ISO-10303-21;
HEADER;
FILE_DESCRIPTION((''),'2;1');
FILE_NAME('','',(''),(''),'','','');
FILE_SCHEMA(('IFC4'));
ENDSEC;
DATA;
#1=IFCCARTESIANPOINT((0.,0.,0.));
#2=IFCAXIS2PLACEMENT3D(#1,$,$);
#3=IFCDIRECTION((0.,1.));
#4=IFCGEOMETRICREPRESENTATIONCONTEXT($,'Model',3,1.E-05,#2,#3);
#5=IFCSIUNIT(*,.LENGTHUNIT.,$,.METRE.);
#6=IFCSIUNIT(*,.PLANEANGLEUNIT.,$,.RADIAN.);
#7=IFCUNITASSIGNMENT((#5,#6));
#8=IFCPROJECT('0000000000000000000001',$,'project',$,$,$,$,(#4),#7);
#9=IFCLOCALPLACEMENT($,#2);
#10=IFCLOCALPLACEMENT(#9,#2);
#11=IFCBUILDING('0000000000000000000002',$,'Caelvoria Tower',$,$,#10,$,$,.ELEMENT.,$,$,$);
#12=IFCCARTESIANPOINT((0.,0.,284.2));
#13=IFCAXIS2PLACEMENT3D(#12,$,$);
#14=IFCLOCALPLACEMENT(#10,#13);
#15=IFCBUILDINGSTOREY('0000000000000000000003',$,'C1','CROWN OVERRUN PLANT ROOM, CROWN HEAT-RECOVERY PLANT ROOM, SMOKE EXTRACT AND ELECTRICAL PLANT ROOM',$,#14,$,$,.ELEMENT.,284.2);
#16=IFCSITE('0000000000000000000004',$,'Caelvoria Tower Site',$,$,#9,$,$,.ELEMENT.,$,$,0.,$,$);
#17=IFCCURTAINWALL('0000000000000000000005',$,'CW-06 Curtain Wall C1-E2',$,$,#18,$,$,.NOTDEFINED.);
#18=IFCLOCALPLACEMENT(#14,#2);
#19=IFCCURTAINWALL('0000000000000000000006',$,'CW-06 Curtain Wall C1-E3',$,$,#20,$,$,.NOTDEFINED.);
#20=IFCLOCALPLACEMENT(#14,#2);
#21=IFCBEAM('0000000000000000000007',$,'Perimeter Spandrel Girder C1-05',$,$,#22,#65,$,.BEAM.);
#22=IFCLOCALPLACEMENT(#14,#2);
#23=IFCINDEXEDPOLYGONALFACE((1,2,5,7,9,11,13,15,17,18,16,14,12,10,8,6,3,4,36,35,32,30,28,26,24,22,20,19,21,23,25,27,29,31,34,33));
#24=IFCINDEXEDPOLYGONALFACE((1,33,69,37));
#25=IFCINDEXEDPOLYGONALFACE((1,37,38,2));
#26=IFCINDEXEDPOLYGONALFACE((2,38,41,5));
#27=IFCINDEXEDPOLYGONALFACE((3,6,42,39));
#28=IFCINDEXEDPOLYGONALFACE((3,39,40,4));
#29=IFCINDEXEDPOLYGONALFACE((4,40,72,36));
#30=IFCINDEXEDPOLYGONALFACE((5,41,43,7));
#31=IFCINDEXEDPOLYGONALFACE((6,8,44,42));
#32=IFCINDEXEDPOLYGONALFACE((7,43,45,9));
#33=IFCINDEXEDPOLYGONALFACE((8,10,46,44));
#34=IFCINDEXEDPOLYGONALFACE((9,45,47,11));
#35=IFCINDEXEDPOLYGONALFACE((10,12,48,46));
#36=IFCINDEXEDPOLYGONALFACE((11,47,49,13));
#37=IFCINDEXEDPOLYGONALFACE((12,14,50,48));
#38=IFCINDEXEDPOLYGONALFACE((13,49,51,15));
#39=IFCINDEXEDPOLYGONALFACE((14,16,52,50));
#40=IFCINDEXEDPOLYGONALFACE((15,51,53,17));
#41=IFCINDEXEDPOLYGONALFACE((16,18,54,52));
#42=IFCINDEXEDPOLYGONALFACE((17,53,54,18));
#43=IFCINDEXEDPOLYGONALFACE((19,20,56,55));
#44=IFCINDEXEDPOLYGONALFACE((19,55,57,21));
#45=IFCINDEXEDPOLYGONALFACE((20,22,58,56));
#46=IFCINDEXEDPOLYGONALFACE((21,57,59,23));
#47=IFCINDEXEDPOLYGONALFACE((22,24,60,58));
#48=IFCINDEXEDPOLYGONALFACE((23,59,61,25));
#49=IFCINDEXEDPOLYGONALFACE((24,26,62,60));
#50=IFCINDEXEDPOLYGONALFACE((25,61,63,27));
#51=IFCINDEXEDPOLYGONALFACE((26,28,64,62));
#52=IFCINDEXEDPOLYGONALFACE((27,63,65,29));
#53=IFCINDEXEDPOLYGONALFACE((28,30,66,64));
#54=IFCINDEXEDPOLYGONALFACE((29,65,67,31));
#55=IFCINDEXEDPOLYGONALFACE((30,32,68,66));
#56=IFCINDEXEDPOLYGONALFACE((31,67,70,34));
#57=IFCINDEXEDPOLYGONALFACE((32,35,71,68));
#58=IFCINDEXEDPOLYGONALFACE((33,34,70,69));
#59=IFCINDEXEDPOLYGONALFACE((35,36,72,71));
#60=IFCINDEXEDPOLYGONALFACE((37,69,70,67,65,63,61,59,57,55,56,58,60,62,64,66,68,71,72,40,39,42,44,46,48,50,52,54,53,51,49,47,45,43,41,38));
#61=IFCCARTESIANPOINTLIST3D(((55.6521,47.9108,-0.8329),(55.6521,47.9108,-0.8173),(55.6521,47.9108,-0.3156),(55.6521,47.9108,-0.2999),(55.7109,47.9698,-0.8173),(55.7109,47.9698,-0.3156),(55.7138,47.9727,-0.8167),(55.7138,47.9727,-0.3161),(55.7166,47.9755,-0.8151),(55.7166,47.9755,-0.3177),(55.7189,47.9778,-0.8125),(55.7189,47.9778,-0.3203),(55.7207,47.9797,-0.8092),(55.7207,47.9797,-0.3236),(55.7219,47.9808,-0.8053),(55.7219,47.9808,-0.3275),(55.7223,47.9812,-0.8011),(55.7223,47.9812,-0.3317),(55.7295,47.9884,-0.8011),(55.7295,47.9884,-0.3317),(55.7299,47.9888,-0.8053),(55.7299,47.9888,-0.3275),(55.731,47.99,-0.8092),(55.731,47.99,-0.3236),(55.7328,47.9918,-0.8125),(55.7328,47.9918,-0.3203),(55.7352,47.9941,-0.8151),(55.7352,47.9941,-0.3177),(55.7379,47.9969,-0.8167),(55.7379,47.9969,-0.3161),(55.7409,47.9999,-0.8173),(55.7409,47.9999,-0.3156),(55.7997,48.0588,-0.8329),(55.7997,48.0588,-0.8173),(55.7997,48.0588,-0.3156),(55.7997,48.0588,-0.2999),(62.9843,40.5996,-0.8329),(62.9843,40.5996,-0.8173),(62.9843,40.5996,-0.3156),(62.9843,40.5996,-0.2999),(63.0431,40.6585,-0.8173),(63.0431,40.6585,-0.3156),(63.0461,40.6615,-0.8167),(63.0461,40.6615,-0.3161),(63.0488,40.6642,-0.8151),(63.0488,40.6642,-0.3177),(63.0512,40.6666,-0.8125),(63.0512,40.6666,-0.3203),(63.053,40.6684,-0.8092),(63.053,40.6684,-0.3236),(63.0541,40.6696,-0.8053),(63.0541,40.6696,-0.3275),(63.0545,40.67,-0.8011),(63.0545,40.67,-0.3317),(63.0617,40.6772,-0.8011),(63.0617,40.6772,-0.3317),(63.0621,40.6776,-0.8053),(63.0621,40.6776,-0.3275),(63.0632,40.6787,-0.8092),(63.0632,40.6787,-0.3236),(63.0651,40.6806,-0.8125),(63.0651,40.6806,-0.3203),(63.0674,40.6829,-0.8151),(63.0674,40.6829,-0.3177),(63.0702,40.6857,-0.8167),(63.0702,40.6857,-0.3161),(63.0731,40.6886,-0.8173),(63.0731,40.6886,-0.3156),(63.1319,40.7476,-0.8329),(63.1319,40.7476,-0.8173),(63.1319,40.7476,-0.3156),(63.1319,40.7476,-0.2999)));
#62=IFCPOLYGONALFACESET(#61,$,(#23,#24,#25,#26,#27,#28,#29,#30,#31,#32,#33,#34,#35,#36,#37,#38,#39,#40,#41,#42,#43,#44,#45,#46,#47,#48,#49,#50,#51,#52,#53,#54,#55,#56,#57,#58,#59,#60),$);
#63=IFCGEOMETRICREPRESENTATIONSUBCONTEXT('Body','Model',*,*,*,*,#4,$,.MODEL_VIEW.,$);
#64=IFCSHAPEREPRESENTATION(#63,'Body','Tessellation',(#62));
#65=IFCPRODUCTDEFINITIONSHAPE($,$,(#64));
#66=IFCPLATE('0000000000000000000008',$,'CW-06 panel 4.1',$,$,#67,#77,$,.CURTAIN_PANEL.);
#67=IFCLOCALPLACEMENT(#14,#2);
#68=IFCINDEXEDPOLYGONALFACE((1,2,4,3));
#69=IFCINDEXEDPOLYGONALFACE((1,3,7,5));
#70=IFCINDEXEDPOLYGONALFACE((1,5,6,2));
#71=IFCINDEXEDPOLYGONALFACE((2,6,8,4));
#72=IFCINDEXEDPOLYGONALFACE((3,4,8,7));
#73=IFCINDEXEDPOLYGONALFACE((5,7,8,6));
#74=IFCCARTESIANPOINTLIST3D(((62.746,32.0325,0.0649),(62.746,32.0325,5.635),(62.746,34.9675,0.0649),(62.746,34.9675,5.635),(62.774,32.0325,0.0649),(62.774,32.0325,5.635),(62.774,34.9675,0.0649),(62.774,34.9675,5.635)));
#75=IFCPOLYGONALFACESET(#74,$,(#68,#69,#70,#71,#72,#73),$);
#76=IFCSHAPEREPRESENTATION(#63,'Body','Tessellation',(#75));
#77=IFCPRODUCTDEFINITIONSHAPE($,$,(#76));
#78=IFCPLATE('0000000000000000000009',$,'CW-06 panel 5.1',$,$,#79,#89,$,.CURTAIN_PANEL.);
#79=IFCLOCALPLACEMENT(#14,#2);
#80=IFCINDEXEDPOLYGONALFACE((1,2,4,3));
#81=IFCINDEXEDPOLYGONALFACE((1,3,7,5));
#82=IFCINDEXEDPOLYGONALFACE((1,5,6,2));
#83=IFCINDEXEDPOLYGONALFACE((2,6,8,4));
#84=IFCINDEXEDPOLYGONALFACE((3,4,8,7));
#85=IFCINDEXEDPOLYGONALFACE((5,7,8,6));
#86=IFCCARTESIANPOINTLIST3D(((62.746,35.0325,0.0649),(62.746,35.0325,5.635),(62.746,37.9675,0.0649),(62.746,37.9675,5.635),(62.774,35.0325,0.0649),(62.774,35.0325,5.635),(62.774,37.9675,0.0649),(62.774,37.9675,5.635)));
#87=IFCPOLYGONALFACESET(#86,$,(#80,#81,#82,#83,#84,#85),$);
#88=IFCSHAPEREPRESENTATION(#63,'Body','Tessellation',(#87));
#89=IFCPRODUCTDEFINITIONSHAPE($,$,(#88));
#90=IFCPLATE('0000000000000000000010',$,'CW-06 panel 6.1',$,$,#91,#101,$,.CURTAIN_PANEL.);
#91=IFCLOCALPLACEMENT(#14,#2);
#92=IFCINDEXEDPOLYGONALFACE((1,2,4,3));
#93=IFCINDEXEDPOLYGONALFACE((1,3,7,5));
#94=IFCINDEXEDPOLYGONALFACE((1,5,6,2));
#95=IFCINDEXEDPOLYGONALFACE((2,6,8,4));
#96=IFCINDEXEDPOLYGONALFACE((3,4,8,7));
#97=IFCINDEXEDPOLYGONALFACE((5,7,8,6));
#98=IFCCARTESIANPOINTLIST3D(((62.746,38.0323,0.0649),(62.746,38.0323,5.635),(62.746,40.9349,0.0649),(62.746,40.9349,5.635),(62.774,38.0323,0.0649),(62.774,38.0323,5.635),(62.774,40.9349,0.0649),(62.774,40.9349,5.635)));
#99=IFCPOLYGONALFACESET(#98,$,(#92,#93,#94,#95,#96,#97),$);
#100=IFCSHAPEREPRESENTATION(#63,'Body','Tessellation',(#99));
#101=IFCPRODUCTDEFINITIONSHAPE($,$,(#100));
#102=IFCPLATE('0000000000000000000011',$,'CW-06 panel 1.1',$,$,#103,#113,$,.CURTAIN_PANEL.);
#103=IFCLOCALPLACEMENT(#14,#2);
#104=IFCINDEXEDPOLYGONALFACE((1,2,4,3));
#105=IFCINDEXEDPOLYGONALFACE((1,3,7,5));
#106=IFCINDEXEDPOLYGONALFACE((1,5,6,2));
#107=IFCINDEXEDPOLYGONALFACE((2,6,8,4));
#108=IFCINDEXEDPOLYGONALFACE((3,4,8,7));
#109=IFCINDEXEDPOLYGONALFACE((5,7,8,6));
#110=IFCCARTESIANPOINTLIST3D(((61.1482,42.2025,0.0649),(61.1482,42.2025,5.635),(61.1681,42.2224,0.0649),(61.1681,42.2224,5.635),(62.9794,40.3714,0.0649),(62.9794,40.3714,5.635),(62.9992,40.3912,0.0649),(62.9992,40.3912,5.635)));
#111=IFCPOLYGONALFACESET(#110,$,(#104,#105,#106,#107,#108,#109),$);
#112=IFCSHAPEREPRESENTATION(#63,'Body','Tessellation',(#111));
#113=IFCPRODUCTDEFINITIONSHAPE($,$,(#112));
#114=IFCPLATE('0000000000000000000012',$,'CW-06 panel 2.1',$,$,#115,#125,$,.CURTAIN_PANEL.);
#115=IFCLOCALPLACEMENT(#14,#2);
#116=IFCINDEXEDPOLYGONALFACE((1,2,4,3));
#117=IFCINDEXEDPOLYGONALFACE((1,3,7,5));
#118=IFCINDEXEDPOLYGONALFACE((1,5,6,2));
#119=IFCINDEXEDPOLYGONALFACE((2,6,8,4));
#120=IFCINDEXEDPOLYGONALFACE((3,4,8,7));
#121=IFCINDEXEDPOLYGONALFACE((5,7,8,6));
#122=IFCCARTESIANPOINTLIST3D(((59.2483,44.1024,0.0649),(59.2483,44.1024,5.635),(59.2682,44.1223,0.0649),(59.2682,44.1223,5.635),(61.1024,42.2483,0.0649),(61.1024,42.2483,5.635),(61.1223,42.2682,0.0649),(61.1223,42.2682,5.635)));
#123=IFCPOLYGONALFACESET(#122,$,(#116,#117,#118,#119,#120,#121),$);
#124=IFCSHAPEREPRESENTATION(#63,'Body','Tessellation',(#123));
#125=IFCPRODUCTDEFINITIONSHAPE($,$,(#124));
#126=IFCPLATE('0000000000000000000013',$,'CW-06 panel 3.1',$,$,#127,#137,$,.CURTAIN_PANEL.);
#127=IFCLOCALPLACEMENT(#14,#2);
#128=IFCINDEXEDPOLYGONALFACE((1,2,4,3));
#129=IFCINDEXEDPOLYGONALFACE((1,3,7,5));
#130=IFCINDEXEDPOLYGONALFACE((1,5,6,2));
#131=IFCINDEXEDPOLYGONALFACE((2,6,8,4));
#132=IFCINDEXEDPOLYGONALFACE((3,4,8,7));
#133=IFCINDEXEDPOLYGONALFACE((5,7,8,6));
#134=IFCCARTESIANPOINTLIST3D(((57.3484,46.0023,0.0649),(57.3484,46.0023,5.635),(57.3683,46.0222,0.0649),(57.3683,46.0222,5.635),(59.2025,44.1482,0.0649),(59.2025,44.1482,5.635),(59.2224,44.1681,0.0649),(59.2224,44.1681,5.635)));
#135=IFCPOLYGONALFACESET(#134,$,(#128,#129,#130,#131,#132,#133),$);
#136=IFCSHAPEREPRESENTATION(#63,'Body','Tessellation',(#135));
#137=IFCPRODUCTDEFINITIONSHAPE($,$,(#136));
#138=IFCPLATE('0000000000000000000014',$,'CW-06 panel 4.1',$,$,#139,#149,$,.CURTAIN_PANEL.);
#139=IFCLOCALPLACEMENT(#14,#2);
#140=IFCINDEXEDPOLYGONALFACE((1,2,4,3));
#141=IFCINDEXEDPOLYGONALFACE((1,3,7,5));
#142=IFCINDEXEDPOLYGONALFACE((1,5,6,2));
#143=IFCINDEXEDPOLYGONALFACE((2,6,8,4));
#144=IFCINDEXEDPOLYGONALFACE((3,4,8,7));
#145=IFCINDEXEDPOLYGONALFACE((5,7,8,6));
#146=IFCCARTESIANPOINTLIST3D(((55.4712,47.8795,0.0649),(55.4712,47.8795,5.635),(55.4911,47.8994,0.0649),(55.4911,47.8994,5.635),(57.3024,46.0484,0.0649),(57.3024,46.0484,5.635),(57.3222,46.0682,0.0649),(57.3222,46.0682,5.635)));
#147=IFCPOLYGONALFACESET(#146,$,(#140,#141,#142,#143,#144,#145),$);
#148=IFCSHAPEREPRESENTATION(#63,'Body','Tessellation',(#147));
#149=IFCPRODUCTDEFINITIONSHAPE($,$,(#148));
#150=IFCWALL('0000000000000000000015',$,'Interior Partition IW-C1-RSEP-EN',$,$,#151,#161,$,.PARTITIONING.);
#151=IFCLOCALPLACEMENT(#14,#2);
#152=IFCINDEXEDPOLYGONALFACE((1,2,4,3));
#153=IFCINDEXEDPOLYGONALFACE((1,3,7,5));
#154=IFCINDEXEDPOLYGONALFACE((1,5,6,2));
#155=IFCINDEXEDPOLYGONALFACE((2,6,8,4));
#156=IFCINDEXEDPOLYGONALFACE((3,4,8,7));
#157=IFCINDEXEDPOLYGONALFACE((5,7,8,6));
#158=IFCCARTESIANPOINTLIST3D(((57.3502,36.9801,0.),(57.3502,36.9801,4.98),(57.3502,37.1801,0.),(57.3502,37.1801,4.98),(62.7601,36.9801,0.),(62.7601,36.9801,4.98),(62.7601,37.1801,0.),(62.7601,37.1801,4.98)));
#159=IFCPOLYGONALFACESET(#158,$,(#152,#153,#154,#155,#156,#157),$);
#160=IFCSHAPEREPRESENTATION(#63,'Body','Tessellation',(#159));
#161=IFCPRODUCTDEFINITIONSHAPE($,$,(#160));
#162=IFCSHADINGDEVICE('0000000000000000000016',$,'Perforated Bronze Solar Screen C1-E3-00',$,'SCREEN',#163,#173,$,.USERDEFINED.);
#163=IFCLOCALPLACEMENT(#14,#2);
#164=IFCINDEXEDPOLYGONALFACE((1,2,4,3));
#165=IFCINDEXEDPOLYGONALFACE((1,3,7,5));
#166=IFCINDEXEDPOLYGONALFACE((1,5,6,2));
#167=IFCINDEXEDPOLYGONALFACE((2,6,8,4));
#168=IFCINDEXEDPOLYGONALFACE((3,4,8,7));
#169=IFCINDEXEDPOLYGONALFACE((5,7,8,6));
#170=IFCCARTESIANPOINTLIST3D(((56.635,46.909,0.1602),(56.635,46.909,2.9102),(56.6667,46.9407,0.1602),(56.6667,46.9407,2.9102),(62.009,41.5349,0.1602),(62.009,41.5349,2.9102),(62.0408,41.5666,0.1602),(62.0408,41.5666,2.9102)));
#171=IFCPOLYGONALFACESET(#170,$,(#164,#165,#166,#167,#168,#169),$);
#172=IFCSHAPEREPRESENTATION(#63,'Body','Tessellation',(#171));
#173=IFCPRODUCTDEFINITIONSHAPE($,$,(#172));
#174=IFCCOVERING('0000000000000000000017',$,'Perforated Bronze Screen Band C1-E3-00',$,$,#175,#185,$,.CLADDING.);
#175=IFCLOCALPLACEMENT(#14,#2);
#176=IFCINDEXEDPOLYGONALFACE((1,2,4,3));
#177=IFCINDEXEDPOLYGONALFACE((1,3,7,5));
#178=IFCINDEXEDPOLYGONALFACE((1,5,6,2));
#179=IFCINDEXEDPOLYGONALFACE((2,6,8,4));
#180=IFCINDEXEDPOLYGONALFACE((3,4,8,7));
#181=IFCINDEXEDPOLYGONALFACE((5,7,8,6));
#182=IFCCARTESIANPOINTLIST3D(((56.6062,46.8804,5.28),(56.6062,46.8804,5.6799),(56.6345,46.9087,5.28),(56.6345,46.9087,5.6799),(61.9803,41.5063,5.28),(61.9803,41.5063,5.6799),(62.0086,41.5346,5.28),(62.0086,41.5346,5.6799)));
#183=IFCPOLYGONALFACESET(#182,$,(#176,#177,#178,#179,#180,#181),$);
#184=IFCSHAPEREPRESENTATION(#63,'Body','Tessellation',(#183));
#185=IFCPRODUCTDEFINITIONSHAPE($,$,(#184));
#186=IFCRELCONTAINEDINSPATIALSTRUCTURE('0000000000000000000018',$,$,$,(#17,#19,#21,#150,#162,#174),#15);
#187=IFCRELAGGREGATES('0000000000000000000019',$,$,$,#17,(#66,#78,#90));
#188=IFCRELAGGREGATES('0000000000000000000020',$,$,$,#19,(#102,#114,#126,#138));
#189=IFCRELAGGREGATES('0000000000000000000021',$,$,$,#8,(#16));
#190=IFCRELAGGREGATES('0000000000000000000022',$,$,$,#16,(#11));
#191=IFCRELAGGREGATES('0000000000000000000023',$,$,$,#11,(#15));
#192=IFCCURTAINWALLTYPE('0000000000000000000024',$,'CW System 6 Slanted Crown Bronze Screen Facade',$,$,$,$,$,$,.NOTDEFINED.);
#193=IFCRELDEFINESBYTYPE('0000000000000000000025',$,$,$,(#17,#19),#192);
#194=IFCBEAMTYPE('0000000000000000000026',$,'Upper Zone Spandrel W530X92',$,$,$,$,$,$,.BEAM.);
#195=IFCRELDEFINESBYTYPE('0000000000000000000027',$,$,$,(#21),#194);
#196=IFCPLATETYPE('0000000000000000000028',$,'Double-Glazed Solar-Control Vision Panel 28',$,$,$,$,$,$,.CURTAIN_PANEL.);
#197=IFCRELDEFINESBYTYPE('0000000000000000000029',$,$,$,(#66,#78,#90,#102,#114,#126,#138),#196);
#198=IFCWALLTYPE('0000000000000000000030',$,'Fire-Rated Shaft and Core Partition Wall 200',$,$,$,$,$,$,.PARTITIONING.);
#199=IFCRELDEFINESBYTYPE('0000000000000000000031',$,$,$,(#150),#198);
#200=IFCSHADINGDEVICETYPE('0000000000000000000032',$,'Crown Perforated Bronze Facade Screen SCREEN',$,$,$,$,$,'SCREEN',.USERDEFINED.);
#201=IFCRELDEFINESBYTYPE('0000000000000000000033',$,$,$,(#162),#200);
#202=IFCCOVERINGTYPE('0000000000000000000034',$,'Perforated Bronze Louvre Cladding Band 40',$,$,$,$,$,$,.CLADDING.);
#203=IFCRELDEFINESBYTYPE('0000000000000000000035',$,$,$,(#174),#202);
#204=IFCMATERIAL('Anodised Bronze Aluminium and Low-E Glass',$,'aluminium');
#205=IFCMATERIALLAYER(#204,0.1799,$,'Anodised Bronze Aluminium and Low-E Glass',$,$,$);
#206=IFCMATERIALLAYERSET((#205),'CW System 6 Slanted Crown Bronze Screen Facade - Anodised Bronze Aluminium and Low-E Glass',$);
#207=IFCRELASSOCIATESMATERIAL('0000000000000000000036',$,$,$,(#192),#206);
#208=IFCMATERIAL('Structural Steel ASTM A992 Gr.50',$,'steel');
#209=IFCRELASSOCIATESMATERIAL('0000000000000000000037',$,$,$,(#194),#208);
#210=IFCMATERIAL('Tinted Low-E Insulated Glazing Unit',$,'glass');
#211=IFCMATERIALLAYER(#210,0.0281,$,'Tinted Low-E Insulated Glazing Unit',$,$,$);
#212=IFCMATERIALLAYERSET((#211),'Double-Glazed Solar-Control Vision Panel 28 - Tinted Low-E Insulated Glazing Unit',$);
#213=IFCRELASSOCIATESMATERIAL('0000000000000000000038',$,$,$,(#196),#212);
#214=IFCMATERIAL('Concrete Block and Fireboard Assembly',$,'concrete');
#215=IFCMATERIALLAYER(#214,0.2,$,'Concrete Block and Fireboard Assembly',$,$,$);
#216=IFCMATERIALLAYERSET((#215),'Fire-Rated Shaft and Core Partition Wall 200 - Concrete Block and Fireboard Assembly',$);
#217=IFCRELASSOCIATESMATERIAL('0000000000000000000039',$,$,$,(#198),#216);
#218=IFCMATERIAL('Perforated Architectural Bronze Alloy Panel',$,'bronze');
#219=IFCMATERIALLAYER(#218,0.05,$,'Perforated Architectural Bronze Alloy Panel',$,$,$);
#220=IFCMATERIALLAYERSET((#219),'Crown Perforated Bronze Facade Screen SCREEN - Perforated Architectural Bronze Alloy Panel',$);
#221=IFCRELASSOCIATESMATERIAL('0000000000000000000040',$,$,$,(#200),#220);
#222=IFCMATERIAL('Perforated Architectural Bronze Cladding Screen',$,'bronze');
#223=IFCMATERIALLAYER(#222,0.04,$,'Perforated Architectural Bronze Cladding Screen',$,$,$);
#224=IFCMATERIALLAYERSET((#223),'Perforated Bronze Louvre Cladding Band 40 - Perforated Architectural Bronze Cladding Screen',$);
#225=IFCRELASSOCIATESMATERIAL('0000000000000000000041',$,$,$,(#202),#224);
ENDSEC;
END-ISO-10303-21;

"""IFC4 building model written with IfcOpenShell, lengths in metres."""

from ifc_helpers import new_model, si_unit, direction, frame, frame_2d, origin, origin_2d, place, context, subcontext, project, spatial, rectangle, i_section, extrude, material, layer, layer_set, material_profile, profile_set, type_object, element, aggregate, save


model = new_model("IFC4")

# Units and contexts
model_context = context("Model", 3, precision=1e-05, world=origin(), true_north=direction((0.0, 1.0)))
body_context = subcontext(model_context, "Body", "Model", "MODEL_VIEW")
ifc_project = project(units=[si_unit("LENGTHUNIT", "METRE"), si_unit("PLANEANGLEUNIT", "RADIAN")], contexts=[model_context])

# Site, building, storey
site_placement = place(None, origin())
site = spatial("IfcSite", under=ifc_project, at=site_placement, Name="Caelvoria Tower Site", CompositionType="ELEMENT", RefElevation=0.0)
building_placement = place(site_placement, origin())
building = spatial("IfcBuilding", under=site, at=building_placement, Name="Caelvoria Tower", CompositionType="ELEMENT")
storey_placement = place(building_placement, frame((0.0, 0.0, 284.2)))
storey = spatial("IfcBuildingStorey", under=building, at=storey_placement, Name="C1", Description="CROWN OVERRUN PLANT ROOM, CROWN HEAT-RECOVERY PLANT ROOM, SMOKE EXTRACT AND ELECTRICAL PLANT ROOM", CompositionType="ELEMENT", Elevation=284.2)

# Curtain walls
ifc_material_1 = material(Name="Anodised Bronze Aluminium and Low-E Glass", Category="aluminium")
ifc_layer_1 = layer(ifc_material_1, 0.1799, Name="Anodised Bronze Aluminium and Low-E Glass")
ifc_layer_set_1 = layer_set([ifc_layer_1], Name="CW System 6 Slanted Crown Bronze Screen Facade - Anodised Bronze Aluminium and Low-E Glass")
curtain_wall_type = type_object("IfcCurtainWallType", Name="CW System 6 Slanted Crown Bronze Screen Facade", PredefinedType="NOTDEFINED", material=ifc_layer_set_1)
curtain_wall_1_placement = place(storey_placement, origin())
curtain_wall_1 = element("IfcCurtainWall", 1, at=curtain_wall_1_placement, inside=storey, type_object=curtain_wall_type, Name="CW-06 Curtain Wall C1-E2", PredefinedType="NOTDEFINED")
curtain_wall_2_placement = place(storey_placement, origin())
curtain_wall_2 = element("IfcCurtainWall", 2, at=curtain_wall_2_placement, inside=storey, type_object=curtain_wall_type, Name="CW-06 Curtain Wall C1-E3", PredefinedType="NOTDEFINED")

# Beam
ifc_material_2 = material(Name="Structural Steel ASTM A992 Gr.50", Category="steel")
ifc_material_profile_1 = material_profile(ifc_material_2, i_section(OverallWidth=0.209, OverallDepth=0.533, WebThickness=0.0103, FlangeThickness=0.0156, FilletRadius=0.0161, at=origin_2d()), Name="Structural Steel ASTM A992 Gr.50")
ifc_profile_set_1 = profile_set([ifc_material_profile_1], Name="W530X92 - Structural Steel ASTM A992 Gr.50")
beam_type_1 = type_object("IfcBeamType", Name="Upper Zone Spandrel W530X92", PredefinedType="BEAM", material=ifc_profile_set_1)
beam_1_placement = place(storey_placement, frame((63.0581, 40.6736, -0.5664), z_axis=(-0.70812, 0.706092, 0.0), x_axis=(-0.706092, -0.70812, 0.0)))
element("IfcBeam", 3, at=beam_1_placement, inside=storey, type_object=beam_type_1, Name="Perimeter Spandrel Girder C1-05", PredefinedType="BEAM", context=body_context, shape_type="SweptSolid", body=[
    extrude(i_section(OverallWidth=0.209, OverallDepth=0.533, WebThickness=0.0103, FlangeThickness=0.0156, FilletRadius=0.0161, at=origin_2d()), origin(), (0.0, 0.0, 1.0), 10.3545),
])

# Plates
ifc_material_3 = material(Name="Tinted Low-E Insulated Glazing Unit", Category="glass")
ifc_layer_2 = layer(ifc_material_3, 0.0281, Name="Tinted Low-E Insulated Glazing Unit")
ifc_layer_set_2 = layer_set([ifc_layer_2], Name="Double-Glazed Solar-Control Vision Panel 28 - Tinted Low-E Insulated Glazing Unit")
plate_type = type_object("IfcPlateType", Name="Double-Glazed Solar-Control Vision Panel 28", PredefinedType="CURTAIN_PANEL", material=ifc_layer_set_2)
plate_1_placement = place(storey_placement, frame((62.76, 33.5, 0.0649), z_axis=(0.0, 0.0, 1.0), x_axis=(0.0, 1.0, 0.0)))
plate_1 = element("IfcPlate", 4, at=plate_1_placement, type_object=plate_type, Name="CW-06 panel 4.1", PredefinedType="CURTAIN_PANEL", context=body_context, shape_type="SweptSolid", body=[
    extrude(rectangle(XDim=2.9351, YDim=0.0281, at=origin_2d()), origin(), (0.0, 0.0, 1.0), 5.5701),
])
plate_2_placement = place(storey_placement, frame((62.76, 36.5, 0.0649), z_axis=(0.0, 0.0, 1.0), x_axis=(0.0, 1.0, 0.0)))
plate_2 = element("IfcPlate", 5, at=plate_2_placement, type_object=plate_type, Name="CW-06 panel 5.1", PredefinedType="CURTAIN_PANEL", context=body_context, shape_type="SweptSolid", body=[
    extrude(rectangle(XDim=2.9351, YDim=0.0281, at=origin_2d()), origin(), (0.0, 0.0, 1.0), 5.5701),
])
plate_3_placement = place(storey_placement, frame((62.76, 39.4836, 0.0649), z_axis=(0.0, 0.0, 1.0), x_axis=(0.0, 1.0, 0.0)))
plate_3 = element("IfcPlate", 6, at=plate_3_placement, type_object=plate_type, Name="CW-06 panel 6.1", PredefinedType="CURTAIN_PANEL", context=body_context, shape_type="SweptSolid", body=[
    extrude(rectangle(XDim=2.9026, YDim=0.0281, at=origin_2d()), origin(), (0.0, 0.0, 1.0), 5.5701),
])
aggregate(curtain_wall_1, [plate_1, plate_2, plate_3])
plate_4_placement = place(storey_placement, frame((62.0737, 41.2969, 0.0649), z_axis=(0.0, 0.0, 1.0), x_axis=(-0.707107, 0.707107, 0.0)))
plate_4 = element("IfcPlate", 7, at=plate_4_placement, type_object=plate_type, Name="CW-06 panel 1.1", PredefinedType="CURTAIN_PANEL", context=body_context, shape_type="SweptSolid", body=[
    extrude(rectangle(XDim=2.5896, YDim=0.0281, at=origin_2d()), origin(), (0.0, 0.0, 1.0), 5.5701),
])
plate_5_placement = place(storey_placement, frame((60.1853, 43.1853, 0.0649), z_axis=(0.0, 0.0, 1.0), x_axis=(-0.707107, 0.707107, 0.0)))
plate_5 = element("IfcPlate", 8, at=plate_5_placement, type_object=plate_type, Name="CW-06 panel 2.1", PredefinedType="CURTAIN_PANEL", context=body_context, shape_type="SweptSolid", body=[
    extrude(rectangle(XDim=2.6221, YDim=0.0281, at=origin_2d()), origin(), (0.0, 0.0, 1.0), 5.5701),
])
plate_6_placement = place(storey_placement, frame((58.2854, 45.0852, 0.0649), z_axis=(0.0, 0.0, 1.0), x_axis=(-0.707107, 0.707107, 0.0)))
plate_6 = element("IfcPlate", 9, at=plate_6_placement, type_object=plate_type, Name="CW-06 panel 3.1", PredefinedType="CURTAIN_PANEL", context=body_context, shape_type="SweptSolid", body=[
    extrude(rectangle(XDim=2.6221, YDim=0.0281, at=origin_2d()), origin(), (0.0, 0.0, 1.0), 5.5701),
])
plate_7_placement = place(storey_placement, frame((56.3967, 46.9739, 0.0649), z_axis=(0.0, 0.0, 1.0), x_axis=(-0.707107, 0.707107, 0.0)))
plate_7 = element("IfcPlate", 10, at=plate_7_placement, type_object=plate_type, Name="CW-06 panel 4.1", PredefinedType="CURTAIN_PANEL", context=body_context, shape_type="SweptSolid", body=[
    extrude(rectangle(XDim=2.5896, YDim=0.0281, at=origin_2d()), origin(), (0.0, 0.0, 1.0), 5.5701),
])
aggregate(curtain_wall_2, [plate_4, plate_5, plate_6, plate_7])

# Wall
ifc_material_4 = material(Name="Concrete Block and Fireboard Assembly", Category="concrete")
ifc_layer_3 = layer(ifc_material_4, 0.2, Name="Concrete Block and Fireboard Assembly")
ifc_layer_set_3 = layer_set([ifc_layer_3], Name="Fire-Rated Shaft and Core Partition Wall 200 - Concrete Block and Fireboard Assembly")
wall_type = type_object("IfcWallType", Name="Fire-Rated Shaft and Core Partition Wall 200", PredefinedType="PARTITIONING", material=ifc_layer_set_3)
wall_placement = place(storey_placement, frame((57.3501, 37.0801, 0.0), z_axis=(0.0, 0.0, 1.0), x_axis=(1.0, 0.0, 0.0)))
element("IfcWall", 11, at=wall_placement, inside=storey, type_object=wall_type, Name="Interior Partition IW-C1-RSEP-EN", PredefinedType="PARTITIONING", context=body_context, shape_type="SweptSolid", body=[
    extrude(rectangle(XDim=5.4099, YDim=0.2, at=frame_2d((2.7051, 0.0))), origin(), (0.0, 0.0, 1.0), 4.98),
])

# Shading device
ifc_material_5 = material(Name="Perforated Architectural Bronze Alloy Panel", Category="bronze")
ifc_layer_4 = layer(ifc_material_5, 0.05, Name="Perforated Architectural Bronze Alloy Panel")
ifc_layer_set_4 = layer_set([ifc_layer_4], Name="Crown Perforated Bronze Facade Screen SCREEN - Perforated Architectural Bronze Alloy Panel")
shading_device_type = type_object("IfcShadingDeviceType", Name="Crown Perforated Bronze Facade Screen SCREEN", ElementType="SCREEN", PredefinedType="USERDEFINED", material=ifc_layer_set_4)
shading_device_placement = place(storey_placement, frame((59.3379, 44.2378, 0.1602), z_axis=(0.0, 0.0, 1.0), x_axis=(-0.707107, 0.707107, 0.0)))
element("IfcShadingDevice", 12, at=shading_device_placement, inside=storey, type_object=shading_device_type, Name="Perforated Bronze Solar Screen C1-E3-00", ObjectType="SCREEN", PredefinedType="USERDEFINED", context=body_context, shape_type="SweptSolid", body=[
    extrude(rectangle(XDim=7.6001, YDim=0.0449, at=origin_2d()), origin(), (0.0, 0.0, 1.0), 2.75),
])

# Covering
ifc_material_6 = material(Name="Perforated Architectural Bronze Cladding Screen", Category="bronze")
ifc_layer_5 = layer(ifc_material_6, 0.04, Name="Perforated Architectural Bronze Cladding Screen")
ifc_layer_set_5 = layer_set([ifc_layer_5], Name="Perforated Bronze Louvre Cladding Band 40 - Perforated Architectural Bronze Cladding Screen")
covering_type = type_object("IfcCoveringType", Name="Perforated Bronze Louvre Cladding Band 40", PredefinedType="CLADDING", material=ifc_layer_set_5)
covering_placement = place(storey_placement, frame((59.3074, 44.2075, 5.28), z_axis=(0.0, 0.0, 1.0), x_axis=(-0.707107, 0.707107, 0.0)))
element("IfcCovering", 13, at=covering_placement, inside=storey, type_object=covering_type, Name="Perforated Bronze Screen Band C1-E3-00", PredefinedType="CLADDING", context=body_context, shape_type="SweptSolid", body=[
    extrude(rectangle(XDim=7.6001, YDim=0.04, at=origin_2d()), origin(), (0.0, 0.0, 1.0), 0.3999),
])

save(model, "model.ifc")
